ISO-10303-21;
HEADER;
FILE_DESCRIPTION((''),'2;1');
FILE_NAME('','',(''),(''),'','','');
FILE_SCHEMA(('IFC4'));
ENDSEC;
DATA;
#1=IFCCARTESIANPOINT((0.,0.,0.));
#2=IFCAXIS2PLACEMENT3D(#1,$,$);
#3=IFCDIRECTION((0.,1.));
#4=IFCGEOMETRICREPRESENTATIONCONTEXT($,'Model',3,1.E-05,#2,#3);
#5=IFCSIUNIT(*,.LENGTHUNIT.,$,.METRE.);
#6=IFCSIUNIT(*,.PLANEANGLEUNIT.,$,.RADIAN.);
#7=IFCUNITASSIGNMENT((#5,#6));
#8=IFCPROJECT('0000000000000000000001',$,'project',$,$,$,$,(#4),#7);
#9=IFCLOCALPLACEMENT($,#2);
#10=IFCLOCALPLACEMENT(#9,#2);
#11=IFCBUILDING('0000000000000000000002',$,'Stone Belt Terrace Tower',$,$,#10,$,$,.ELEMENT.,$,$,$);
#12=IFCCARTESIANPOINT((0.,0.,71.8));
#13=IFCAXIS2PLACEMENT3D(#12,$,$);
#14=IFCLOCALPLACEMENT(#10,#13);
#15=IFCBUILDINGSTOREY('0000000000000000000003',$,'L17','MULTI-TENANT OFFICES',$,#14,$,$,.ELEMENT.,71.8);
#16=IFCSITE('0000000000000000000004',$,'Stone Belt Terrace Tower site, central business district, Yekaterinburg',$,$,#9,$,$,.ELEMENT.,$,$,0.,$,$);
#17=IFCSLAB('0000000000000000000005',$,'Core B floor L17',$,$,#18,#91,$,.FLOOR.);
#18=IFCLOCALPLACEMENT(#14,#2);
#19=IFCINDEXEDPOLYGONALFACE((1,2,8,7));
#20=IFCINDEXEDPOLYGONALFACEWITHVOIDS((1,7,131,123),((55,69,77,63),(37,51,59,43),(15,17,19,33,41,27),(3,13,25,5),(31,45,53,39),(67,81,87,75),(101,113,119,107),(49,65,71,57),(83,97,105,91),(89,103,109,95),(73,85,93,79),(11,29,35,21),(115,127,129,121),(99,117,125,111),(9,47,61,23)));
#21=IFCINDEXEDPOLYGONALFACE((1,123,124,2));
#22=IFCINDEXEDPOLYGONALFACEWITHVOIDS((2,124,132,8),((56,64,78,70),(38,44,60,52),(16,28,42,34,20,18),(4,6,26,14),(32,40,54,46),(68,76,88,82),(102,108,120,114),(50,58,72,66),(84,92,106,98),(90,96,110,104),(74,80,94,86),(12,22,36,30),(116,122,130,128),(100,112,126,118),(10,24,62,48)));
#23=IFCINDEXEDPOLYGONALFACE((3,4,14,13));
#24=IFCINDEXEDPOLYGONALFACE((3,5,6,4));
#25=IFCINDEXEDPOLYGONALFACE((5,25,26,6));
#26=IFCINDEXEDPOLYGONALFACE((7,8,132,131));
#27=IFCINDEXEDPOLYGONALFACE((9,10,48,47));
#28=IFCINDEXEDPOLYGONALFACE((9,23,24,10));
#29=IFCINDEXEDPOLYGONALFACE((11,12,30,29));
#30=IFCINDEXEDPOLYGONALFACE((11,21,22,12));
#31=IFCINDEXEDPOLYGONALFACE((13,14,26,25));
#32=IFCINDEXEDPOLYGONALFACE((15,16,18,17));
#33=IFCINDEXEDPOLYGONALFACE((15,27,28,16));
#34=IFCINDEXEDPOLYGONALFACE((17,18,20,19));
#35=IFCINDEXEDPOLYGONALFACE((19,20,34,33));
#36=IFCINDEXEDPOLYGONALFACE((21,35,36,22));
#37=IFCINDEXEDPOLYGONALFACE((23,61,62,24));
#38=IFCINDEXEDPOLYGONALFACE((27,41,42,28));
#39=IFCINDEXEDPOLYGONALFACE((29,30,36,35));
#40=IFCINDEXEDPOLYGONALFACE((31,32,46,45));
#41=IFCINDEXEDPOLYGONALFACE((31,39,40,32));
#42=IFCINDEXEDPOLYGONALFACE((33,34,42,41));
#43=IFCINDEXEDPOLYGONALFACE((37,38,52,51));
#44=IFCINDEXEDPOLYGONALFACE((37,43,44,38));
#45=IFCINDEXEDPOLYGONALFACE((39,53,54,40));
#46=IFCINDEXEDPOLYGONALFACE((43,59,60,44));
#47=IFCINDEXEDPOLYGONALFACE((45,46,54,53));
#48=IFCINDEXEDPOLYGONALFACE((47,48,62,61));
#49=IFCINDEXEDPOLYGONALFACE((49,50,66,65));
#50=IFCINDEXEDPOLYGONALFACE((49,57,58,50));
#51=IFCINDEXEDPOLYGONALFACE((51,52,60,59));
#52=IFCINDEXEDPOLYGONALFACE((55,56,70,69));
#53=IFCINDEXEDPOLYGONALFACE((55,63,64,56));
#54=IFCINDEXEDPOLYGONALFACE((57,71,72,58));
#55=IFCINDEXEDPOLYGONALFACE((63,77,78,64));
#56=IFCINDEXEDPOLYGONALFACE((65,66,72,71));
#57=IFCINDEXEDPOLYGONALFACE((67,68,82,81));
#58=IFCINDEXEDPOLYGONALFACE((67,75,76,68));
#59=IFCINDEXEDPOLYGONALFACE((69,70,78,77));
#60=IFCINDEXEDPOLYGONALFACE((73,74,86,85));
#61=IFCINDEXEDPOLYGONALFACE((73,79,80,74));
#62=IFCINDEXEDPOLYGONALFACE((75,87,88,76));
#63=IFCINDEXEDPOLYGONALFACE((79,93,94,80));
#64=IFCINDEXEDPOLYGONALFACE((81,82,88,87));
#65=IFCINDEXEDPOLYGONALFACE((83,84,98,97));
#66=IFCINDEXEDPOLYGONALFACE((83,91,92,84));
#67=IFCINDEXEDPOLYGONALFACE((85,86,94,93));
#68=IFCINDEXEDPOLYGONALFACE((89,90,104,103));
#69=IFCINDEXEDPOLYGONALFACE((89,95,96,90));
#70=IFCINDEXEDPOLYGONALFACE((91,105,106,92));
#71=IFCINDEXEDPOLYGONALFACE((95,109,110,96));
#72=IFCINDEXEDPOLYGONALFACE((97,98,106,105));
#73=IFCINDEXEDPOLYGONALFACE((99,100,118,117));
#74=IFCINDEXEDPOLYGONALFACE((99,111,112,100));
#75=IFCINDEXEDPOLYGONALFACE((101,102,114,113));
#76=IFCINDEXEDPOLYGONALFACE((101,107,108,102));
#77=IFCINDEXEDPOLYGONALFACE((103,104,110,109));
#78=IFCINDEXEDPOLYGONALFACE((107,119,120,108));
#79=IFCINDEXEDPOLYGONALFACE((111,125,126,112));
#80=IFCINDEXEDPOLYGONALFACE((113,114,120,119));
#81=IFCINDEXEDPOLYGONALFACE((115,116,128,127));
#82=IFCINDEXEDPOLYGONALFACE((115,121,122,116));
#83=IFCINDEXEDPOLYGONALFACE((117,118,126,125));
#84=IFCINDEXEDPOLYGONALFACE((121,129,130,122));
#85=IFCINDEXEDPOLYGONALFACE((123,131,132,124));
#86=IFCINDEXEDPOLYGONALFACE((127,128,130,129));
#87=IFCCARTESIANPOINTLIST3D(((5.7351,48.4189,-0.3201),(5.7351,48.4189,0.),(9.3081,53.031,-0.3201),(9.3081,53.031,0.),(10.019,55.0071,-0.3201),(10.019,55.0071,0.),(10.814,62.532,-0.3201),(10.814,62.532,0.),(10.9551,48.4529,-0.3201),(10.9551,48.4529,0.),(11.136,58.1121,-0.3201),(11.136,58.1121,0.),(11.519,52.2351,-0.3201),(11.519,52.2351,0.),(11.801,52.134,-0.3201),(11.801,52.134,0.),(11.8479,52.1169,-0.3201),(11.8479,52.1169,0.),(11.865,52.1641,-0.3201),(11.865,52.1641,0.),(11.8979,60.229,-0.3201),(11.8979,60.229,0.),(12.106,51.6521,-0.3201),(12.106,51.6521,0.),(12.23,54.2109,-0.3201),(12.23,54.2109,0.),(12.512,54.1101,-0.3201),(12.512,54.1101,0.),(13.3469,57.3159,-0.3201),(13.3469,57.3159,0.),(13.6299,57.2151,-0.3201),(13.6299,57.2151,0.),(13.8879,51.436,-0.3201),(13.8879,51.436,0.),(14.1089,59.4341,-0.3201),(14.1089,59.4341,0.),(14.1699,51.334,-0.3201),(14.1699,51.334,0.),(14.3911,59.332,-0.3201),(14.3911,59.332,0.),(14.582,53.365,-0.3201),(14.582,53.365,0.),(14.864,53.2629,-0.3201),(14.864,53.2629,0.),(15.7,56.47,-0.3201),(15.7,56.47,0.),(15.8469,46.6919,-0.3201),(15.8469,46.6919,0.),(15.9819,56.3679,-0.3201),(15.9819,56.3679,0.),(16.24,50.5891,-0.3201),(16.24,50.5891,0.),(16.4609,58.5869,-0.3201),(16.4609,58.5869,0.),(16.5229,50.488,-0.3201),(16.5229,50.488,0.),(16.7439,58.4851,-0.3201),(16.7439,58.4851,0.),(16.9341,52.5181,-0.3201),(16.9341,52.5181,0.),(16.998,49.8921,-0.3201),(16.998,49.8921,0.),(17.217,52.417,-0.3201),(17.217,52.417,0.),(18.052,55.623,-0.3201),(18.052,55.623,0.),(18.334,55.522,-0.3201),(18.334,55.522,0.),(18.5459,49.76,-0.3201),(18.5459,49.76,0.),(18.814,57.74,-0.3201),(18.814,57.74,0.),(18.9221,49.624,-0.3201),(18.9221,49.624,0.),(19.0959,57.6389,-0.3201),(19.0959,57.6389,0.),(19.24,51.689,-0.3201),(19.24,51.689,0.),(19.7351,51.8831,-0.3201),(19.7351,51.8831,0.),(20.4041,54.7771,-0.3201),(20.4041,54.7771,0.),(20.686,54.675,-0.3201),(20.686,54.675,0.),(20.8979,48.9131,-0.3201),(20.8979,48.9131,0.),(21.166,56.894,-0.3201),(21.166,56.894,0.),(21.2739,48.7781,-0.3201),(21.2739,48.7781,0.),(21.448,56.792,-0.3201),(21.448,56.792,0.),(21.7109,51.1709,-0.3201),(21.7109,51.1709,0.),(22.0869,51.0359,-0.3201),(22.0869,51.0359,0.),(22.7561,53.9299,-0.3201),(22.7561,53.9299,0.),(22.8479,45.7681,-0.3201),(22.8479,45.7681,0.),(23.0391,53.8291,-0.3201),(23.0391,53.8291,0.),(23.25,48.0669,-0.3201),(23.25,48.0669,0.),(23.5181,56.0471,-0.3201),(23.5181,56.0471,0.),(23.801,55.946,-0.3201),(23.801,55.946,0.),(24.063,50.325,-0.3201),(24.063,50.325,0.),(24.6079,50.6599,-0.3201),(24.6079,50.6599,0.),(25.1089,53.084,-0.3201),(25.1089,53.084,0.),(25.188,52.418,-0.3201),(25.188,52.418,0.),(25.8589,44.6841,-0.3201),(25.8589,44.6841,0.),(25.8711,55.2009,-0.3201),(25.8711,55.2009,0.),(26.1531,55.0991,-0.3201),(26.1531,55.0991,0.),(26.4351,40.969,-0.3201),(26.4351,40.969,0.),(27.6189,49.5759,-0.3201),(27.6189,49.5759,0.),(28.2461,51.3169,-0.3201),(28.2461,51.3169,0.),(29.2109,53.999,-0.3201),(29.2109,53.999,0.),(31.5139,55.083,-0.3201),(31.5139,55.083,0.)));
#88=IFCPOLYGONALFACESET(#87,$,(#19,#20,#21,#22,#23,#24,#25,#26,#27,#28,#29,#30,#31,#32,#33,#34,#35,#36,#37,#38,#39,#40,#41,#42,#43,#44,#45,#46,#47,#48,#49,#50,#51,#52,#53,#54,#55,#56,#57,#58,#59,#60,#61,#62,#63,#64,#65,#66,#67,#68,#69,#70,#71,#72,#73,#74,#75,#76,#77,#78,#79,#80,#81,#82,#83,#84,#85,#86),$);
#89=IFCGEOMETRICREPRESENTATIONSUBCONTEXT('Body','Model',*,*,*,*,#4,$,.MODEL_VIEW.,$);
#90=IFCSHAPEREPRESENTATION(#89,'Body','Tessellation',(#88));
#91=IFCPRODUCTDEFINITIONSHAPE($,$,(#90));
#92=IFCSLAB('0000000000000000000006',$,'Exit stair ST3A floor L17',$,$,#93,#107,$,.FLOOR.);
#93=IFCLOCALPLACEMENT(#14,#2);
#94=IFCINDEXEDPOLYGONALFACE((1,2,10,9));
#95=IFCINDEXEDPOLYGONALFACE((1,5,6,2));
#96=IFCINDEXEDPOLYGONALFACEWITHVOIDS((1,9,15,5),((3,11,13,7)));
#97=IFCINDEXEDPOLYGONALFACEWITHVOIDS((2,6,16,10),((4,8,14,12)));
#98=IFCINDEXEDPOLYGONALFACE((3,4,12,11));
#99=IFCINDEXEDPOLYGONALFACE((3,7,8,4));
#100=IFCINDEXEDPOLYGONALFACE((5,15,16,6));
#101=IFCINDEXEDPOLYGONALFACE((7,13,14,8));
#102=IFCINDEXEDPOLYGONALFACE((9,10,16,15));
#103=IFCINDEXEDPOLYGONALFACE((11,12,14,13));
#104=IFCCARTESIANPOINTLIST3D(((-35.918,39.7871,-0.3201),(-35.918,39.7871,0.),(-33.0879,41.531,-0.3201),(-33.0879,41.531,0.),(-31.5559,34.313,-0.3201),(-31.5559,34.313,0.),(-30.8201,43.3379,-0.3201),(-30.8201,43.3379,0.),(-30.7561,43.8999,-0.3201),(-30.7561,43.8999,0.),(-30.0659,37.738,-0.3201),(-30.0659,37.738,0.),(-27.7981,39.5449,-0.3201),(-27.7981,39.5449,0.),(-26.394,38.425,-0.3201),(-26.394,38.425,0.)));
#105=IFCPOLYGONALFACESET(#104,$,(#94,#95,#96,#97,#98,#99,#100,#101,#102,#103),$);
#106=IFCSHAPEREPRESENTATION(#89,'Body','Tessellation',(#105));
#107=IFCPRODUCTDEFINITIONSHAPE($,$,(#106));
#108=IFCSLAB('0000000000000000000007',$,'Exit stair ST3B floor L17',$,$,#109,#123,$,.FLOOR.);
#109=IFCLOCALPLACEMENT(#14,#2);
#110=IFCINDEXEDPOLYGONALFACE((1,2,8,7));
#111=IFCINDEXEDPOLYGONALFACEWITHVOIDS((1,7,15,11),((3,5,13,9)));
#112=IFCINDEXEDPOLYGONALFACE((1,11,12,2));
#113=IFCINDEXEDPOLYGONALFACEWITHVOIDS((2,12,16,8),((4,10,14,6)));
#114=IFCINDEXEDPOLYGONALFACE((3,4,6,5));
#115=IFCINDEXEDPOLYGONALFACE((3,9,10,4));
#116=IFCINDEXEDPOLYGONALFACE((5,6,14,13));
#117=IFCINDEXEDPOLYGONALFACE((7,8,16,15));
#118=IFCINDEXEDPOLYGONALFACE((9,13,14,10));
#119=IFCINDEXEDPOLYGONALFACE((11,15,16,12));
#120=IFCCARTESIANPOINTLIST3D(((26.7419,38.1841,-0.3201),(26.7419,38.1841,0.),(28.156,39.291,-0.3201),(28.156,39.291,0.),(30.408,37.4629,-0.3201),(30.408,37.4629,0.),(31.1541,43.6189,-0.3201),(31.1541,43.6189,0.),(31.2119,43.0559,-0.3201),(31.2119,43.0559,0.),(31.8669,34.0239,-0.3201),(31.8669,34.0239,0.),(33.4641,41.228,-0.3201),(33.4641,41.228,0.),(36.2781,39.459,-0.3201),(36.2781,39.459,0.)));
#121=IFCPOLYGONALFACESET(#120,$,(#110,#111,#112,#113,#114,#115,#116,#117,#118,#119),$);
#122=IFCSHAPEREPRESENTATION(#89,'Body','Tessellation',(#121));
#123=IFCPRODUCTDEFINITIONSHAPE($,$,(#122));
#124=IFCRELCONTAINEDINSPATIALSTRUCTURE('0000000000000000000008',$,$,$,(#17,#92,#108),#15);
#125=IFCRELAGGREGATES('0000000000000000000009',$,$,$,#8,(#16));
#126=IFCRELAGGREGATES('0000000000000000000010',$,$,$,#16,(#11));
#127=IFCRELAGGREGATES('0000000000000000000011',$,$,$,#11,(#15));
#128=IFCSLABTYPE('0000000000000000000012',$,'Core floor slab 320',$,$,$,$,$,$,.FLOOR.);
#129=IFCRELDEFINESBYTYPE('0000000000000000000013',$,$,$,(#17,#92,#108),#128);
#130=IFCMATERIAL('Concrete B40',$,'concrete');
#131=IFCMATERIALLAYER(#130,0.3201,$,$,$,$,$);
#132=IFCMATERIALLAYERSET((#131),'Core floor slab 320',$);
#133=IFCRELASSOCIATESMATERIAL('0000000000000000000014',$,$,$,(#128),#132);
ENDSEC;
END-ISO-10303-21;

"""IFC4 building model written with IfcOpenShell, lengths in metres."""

from ifc_helpers import new_model, si_unit, direction, frame, origin, place, context, subcontext, project, spatial, polyline, outline, extrude, material, layer, layer_set, type_object, element, save


model = new_model("IFC4")

# Units and contexts
model_context = context("Model", 3, precision=1e-05, world=origin(), true_north=direction((0.0, 1.0)))
body_context = subcontext(model_context, "Body", "Model", "MODEL_VIEW")
ifc_project = project(units=[si_unit("LENGTHUNIT", "METRE"), si_unit("PLANEANGLEUNIT", "RADIAN")], contexts=[model_context])

# Site, building, storey
site_placement = place(None, origin())
site = spatial("IfcSite", under=ifc_project, at=site_placement, Name="Stone Belt Terrace Tower site, central business district, Yekaterinburg", CompositionType="ELEMENT", RefElevation=0.0)
building_placement = place(site_placement, origin())
building = spatial("IfcBuilding", under=site, at=building_placement, Name="Stone Belt Terrace Tower", CompositionType="ELEMENT")
storey_placement = place(building_placement, frame((0.0, 0.0, 71.8)))
storey = spatial("IfcBuildingStorey", under=building, at=storey_placement, Name="L17", Description="MULTI-TENANT OFFICES", CompositionType="ELEMENT", Elevation=71.8)

# Slabs
ifc_material_1 = material(Name="Concrete B40", Category="concrete")
ifc_layer_1 = layer(ifc_material_1, 0.3201)
ifc_layer_set_1 = layer_set([ifc_layer_1], Name="Core floor slab 320")
slab_type_1 = type_object("IfcSlabType", Name="Core floor slab 320", PredefinedType="FLOOR", material=ifc_layer_set_1)
slab_1_placement = place(storey_placement, frame((0.0, 0.0, -0.3201)))
element("IfcSlab", 1, at=slab_1_placement, inside=storey, type_object=slab_type_1, Name="Core B floor L17", PredefinedType="FLOOR", context=body_context, shape_type="SweptSolid", body=[
    extrude(outline(polyline([(26.4351, 40.969), (31.5139, 55.083), (10.814, 62.532), (5.7351, 48.4189), (26.4351, 40.969)]), holes=[polyline([(12.106, 51.6521), (16.998, 49.8921), (15.8469, 46.6919), (10.9551, 48.4529), (12.106, 51.6521)]), polyline([(19.24, 51.689), (18.5459, 49.76), (16.5229, 50.488), (17.217, 52.417), (19.24, 51.689)]), polyline([(16.24, 50.5891), (14.1699, 51.334), (14.864, 53.2629), (16.9341, 52.5181), (16.24, 50.5891)]), polyline([(14.582, 53.365), (13.8879, 51.436), (11.865, 52.1641), (11.8479, 52.1169), (11.801, 52.134), (12.512, 54.1101), (14.582, 53.365)]), polyline([(9.3081, 53.031), (10.019, 55.0071), (12.23, 54.2109), (11.519, 52.2351), (9.3081, 53.031)]), polyline([(16.7439, 58.4851), (18.814, 57.74), (18.052, 55.623), (15.9819, 56.3679), (16.7439, 58.4851)]), polyline([(14.3911, 59.332), (16.4609, 58.5869), (15.7, 56.47), (13.6299, 57.2151), (14.3911, 59.332)]), polyline([(11.8979, 60.229), (14.1089, 59.4341), (13.3469, 57.3159), (11.136, 58.1121), (11.8979, 60.229)]), polyline([(25.8589, 44.6841), (22.8479, 45.7681), (24.6079, 50.6599), (27.6189, 49.5759), (25.8589, 44.6841)]), polyline([(21.2739, 48.7781), (22.0869, 51.0359), (24.063, 50.325), (23.25, 48.0669), (21.2739, 48.7781)]), polyline([(18.9221, 49.624), (19.7351, 51.8831), (21.7109, 51.1709), (20.8979, 48.9131), (18.9221, 49.624)]), polyline([(29.2109, 53.999), (28.2461, 51.3169), (25.188, 52.418), (26.1531, 55.0991), (29.2109, 53.999)]), polyline([(23.801, 55.946), (25.8711, 55.2009), (25.1089, 53.084), (23.0391, 53.8291), (23.801, 55.946)]), polyline([(21.448, 56.792), (23.5181, 56.0471), (22.7561, 53.9299), (20.686, 54.675), (21.448, 56.792)]), polyline([(19.0959, 57.6389), (21.166, 56.894), (20.4041, 54.7771), (18.334, 55.522), (19.0959, 57.6389)])]), origin(), (0.0, 0.0, 1.0), 0.3201),
])
slab_2_placement = place(storey_placement, frame((0.0, 0.0, -0.3201)))
element("IfcSlab", 2, at=slab_2_placement, inside=storey, type_object=slab_type_1, Name="Exit stair ST3A floor L17", PredefinedType="FLOOR", context=body_context, shape_type="SweptSolid", body=[
    extrude(outline(polyline([(-26.394, 38.425), (-30.7561, 43.8999), (-35.918, 39.7871), (-31.5559, 34.313), (-26.394, 38.425)]), holes=[polyline([(-27.7981, 39.5449), (-30.0659, 37.738), (-33.0879, 41.531), (-30.8201, 43.3379), (-27.7981, 39.5449)])]), origin(), (0.0, 0.0, 1.0), 0.3201),
])
slab_3_placement = place(storey_placement, frame((0.0, 0.0, -0.3201)))
element("IfcSlab", 3, at=slab_3_placement, inside=storey, type_object=slab_type_1, Name="Exit stair ST3B floor L17", PredefinedType="FLOOR", context=body_context, shape_type="SweptSolid", body=[
    extrude(outline(polyline([(26.7419, 38.1841), (31.8669, 34.0239), (36.2781, 39.459), (31.1541, 43.6189), (26.7419, 38.1841)]), holes=[polyline([(30.408, 37.4629), (28.156, 39.291), (31.2119, 43.0559), (33.4641, 41.228), (30.408, 37.4629)])]), origin(), (0.0, 0.0, 1.0), 0.3201),
])

save(model, "model.ifc")
